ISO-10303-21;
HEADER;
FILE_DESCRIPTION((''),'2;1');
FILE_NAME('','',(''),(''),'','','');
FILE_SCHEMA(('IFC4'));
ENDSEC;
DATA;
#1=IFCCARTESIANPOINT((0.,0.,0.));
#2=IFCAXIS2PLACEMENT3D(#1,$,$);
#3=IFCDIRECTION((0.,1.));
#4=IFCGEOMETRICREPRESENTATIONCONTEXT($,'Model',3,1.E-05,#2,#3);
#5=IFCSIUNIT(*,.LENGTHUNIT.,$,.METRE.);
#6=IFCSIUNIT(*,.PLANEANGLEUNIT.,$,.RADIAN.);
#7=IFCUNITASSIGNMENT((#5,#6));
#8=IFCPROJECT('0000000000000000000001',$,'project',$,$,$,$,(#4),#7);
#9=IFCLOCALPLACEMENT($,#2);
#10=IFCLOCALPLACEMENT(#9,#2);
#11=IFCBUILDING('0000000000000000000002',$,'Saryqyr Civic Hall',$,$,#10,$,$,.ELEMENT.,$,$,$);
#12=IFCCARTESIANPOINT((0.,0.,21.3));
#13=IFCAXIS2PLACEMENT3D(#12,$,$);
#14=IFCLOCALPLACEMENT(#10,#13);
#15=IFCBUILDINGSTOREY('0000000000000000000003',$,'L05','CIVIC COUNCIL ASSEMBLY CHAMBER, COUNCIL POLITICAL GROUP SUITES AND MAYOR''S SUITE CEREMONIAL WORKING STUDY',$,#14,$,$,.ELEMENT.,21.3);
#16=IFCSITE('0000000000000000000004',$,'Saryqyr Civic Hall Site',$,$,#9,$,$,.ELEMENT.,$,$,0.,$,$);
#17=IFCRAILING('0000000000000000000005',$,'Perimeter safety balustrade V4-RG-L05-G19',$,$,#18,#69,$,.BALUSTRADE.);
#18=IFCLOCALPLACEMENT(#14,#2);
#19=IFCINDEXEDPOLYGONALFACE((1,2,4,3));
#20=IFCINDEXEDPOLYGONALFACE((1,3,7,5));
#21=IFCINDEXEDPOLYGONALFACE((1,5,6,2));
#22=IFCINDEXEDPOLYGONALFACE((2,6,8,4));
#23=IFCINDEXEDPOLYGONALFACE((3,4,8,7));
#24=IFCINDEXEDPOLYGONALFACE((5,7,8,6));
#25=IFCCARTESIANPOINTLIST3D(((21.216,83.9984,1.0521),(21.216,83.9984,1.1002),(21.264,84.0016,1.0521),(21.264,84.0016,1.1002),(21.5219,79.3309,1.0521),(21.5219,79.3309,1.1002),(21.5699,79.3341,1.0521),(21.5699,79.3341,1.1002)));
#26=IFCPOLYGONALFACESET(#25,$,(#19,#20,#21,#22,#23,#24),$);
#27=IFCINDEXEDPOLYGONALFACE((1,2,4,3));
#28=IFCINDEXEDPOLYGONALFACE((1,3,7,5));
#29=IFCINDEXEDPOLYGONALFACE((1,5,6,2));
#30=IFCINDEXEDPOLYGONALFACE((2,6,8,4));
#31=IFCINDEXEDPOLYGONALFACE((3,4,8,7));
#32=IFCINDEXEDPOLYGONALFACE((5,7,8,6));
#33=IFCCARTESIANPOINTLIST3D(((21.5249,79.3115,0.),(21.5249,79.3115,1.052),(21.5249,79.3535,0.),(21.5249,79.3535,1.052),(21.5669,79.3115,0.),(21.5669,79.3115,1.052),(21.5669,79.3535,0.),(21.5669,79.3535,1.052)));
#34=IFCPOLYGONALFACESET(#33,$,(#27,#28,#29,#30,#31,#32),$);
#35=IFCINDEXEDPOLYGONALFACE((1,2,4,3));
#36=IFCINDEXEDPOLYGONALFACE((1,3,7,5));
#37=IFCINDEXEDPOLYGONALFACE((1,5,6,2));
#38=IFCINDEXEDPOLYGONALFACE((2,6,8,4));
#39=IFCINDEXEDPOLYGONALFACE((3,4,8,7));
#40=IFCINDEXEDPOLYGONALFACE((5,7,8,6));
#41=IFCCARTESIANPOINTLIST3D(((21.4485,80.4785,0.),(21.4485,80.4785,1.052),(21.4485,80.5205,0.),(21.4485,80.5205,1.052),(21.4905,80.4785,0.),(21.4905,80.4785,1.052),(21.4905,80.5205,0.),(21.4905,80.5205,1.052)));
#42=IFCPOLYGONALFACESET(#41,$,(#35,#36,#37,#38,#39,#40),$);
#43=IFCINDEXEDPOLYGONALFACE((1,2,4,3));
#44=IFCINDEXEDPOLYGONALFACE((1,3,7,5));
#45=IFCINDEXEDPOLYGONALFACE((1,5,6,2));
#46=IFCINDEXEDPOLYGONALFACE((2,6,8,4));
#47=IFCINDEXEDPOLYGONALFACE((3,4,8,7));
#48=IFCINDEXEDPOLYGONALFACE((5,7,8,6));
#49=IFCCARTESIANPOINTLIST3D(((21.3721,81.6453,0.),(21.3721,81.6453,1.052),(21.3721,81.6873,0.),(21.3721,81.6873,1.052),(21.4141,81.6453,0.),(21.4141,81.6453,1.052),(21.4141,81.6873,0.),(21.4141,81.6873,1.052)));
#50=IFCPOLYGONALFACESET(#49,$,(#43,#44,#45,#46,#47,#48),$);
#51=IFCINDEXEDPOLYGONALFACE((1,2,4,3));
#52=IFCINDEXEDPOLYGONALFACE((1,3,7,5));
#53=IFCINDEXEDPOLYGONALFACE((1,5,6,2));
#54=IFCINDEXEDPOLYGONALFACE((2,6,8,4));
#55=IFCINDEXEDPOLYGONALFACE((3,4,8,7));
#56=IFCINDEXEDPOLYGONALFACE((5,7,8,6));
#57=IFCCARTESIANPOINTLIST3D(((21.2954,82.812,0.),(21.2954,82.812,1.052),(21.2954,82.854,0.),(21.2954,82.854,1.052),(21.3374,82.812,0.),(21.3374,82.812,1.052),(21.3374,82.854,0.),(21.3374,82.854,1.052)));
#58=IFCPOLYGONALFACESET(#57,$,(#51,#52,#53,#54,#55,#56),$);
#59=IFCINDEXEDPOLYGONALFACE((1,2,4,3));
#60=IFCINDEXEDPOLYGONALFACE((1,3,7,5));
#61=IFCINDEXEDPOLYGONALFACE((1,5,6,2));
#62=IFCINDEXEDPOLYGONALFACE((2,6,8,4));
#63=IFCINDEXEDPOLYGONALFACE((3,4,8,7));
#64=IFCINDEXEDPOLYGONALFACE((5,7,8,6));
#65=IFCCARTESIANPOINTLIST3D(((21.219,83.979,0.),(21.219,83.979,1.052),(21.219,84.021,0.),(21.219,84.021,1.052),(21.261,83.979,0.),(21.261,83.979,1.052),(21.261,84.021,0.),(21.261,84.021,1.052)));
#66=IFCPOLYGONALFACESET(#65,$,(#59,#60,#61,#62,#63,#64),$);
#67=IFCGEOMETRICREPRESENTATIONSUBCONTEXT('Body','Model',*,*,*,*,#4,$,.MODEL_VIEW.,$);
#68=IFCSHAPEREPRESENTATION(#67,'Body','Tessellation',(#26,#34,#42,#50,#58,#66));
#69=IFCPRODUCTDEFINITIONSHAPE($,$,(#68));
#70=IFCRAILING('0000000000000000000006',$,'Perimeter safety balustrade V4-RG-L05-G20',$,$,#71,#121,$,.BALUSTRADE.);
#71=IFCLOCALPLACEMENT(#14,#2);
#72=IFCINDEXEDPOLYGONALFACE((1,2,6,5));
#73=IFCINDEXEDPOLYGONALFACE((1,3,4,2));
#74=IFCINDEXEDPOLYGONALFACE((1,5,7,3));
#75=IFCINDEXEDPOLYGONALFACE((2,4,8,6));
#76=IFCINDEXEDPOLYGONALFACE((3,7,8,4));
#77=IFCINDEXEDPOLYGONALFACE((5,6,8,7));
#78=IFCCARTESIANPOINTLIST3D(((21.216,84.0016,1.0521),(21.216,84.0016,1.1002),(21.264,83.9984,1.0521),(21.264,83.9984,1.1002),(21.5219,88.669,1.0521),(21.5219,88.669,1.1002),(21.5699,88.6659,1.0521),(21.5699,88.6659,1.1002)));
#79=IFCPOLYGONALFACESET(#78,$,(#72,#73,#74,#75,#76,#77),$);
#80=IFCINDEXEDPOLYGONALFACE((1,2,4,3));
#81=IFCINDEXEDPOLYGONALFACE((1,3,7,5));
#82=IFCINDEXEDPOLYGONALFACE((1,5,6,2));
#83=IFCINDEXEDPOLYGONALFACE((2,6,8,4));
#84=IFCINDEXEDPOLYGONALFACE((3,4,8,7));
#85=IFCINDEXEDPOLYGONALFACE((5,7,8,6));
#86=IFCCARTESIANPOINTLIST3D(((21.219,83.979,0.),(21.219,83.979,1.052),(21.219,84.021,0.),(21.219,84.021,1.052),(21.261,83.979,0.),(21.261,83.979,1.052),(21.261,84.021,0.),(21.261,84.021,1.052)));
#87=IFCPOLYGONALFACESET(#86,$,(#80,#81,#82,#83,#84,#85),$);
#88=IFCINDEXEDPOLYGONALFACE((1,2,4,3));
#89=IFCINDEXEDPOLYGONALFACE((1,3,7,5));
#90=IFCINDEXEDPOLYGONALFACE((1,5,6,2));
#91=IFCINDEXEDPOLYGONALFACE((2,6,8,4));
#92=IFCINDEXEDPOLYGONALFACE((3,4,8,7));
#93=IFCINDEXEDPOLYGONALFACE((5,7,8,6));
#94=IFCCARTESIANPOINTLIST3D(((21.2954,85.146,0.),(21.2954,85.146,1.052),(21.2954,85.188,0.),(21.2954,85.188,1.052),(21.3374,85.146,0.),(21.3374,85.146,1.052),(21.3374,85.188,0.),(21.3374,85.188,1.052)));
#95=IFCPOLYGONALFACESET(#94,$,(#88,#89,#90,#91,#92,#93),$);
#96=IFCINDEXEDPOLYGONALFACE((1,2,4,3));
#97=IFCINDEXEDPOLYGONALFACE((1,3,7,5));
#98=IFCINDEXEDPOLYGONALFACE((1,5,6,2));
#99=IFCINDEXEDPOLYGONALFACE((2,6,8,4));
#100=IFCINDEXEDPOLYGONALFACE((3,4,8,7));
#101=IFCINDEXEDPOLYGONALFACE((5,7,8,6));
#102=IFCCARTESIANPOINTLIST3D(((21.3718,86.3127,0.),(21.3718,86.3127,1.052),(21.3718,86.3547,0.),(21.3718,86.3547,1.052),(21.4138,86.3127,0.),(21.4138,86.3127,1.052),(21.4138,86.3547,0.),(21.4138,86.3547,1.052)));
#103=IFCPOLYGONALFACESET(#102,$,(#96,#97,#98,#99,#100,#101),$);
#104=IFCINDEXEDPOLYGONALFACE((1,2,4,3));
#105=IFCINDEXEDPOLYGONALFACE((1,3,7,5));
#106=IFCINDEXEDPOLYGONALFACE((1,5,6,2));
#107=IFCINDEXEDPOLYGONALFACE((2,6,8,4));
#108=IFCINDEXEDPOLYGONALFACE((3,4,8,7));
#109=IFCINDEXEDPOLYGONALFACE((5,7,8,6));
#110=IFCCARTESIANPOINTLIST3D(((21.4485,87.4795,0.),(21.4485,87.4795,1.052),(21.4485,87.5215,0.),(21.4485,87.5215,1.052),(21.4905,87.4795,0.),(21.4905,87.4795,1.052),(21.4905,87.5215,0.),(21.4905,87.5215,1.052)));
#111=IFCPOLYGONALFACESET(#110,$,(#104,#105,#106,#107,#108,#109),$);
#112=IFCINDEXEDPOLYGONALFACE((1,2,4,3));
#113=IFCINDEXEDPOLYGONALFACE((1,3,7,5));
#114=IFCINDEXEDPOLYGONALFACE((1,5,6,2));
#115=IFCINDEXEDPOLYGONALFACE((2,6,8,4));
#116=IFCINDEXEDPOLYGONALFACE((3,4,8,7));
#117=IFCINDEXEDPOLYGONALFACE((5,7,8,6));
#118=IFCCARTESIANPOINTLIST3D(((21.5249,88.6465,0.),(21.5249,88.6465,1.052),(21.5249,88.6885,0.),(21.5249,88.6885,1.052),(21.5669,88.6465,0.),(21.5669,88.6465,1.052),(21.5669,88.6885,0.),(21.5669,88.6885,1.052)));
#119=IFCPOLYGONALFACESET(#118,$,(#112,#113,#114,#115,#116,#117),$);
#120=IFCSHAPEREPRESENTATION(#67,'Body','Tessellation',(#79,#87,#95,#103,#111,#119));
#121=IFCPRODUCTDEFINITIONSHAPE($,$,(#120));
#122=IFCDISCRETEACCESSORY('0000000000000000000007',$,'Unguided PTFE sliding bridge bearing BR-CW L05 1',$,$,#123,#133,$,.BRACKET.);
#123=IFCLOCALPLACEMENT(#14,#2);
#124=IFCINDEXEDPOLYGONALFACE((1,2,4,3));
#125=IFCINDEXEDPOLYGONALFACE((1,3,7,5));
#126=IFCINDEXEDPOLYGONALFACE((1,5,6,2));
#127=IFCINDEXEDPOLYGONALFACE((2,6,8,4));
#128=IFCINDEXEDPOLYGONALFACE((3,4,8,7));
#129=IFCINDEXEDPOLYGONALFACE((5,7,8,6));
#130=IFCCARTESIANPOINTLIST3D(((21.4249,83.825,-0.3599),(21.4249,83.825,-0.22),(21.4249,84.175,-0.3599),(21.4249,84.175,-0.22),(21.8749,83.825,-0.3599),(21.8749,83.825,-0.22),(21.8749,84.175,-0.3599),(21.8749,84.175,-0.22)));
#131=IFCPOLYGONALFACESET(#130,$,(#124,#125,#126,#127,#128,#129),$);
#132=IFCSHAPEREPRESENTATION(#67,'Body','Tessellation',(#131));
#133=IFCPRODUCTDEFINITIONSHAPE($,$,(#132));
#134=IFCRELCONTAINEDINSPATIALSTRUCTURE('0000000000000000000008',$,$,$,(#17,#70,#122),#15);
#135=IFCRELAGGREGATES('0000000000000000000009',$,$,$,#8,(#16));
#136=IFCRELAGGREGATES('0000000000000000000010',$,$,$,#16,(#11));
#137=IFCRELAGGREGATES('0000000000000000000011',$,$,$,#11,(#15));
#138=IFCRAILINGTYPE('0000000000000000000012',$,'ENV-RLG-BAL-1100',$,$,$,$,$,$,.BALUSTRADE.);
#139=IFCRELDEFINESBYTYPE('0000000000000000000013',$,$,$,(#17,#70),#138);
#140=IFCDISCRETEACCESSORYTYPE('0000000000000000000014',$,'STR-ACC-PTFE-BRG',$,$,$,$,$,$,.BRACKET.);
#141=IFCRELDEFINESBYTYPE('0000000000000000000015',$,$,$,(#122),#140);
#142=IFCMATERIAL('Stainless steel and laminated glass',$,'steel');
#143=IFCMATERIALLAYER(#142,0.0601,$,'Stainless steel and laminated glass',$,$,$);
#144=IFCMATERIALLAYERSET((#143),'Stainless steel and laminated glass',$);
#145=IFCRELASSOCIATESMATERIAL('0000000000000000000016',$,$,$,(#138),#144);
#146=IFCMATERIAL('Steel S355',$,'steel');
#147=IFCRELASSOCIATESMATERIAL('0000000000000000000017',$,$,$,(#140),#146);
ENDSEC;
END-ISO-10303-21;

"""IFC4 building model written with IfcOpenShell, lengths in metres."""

from ifc_helpers import new_model, si_unit, direction, frame, origin, origin_2d, place, context, subcontext, project, spatial, rectangle, extrude, material, layer, layer_set, type_object, element, save


model = new_model("IFC4")

# Units and contexts
model_context = context("Model", 3, precision=1e-05, world=origin(), true_north=direction((0.0, 1.0)))
body_context = subcontext(model_context, "Body", "Model", "MODEL_VIEW")
ifc_project = project(units=[si_unit("LENGTHUNIT", "METRE"), si_unit("PLANEANGLEUNIT", "RADIAN")], contexts=[model_context])

# Site, building, storey
site_placement = place(None, origin())
site = spatial("IfcSite", under=ifc_project, at=site_placement, Name="Saryqyr Civic Hall Site", CompositionType="ELEMENT", RefElevation=0.0)
building_placement = place(site_placement, origin())
building = spatial("IfcBuilding", under=site, at=building_placement, Name="Saryqyr Civic Hall", CompositionType="ELEMENT")
storey_placement = place(building_placement, frame((0.0, 0.0, 21.3)))
storey = spatial("IfcBuildingStorey", under=building, at=storey_placement, Name="L05", Description="CIVIC COUNCIL ASSEMBLY CHAMBER, COUNCIL POLITICAL GROUP SUITES AND MAYOR'S SUITE CEREMONIAL WORKING STUDY", CompositionType="ELEMENT", Elevation=21.3)

# Shared definitions
ifc_material_1 = material(Name="Steel S355", Category="steel")

# Railings
ifc_material_2 = material(Name="Stainless steel and laminated glass", Category="steel")
ifc_layer_1 = layer(ifc_material_2, 0.0601, Name="Stainless steel and laminated glass")
ifc_layer_set_1 = layer_set([ifc_layer_1], Name="Stainless steel and laminated glass")
railing_type = type_object("IfcRailingType", Name="ENV-RLG-BAL-1100", PredefinedType="BALUSTRADE", material=ifc_layer_set_1)
railing_1_placement = place(storey_placement, frame((21.5459, 79.3325, 0.0)))
element("IfcRailing", 1, at=railing_1_placement, inside=storey, type_object=railing_type, Name="Perimeter safety balustrade V4-RG-L05-G19", PredefinedType="BALUSTRADE", context=body_context, shape_type="SweptSolid", body=[
    extrude(rectangle(XDim=0.0481, YDim=0.0481, at=origin_2d()), frame((0.0, 0.0, 1.0762), z_axis=(-0.0654, 0.997859, 0.0), x_axis=(-0.997859, -0.0654, 0.0)), (0.0, 0.0, 1.0), 4.6775),
    extrude(rectangle(XDim=0.042, YDim=0.042, at=origin_2d()), origin(), (0.0, 0.0, 1.0), 1.052),
    extrude(rectangle(XDim=0.042, YDim=0.042, at=origin_2d()), frame((-0.0764, 1.167, 0.0)), (0.0, 0.0, 1.0), 1.052),
    extrude(rectangle(XDim=0.042, YDim=0.042, at=origin_2d()), frame((-0.1528, 2.3337, 0.0)), (0.0, 0.0, 1.0), 1.052),
    extrude(rectangle(XDim=0.042, YDim=0.042, at=origin_2d()), frame((-0.2295, 3.5005, 0.0)), (0.0, 0.0, 1.0), 1.052),
    extrude(rectangle(XDim=0.042, YDim=0.042, at=origin_2d()), frame((-0.3059, 4.6675, 0.0)), (0.0, 0.0, 1.0), 1.052),
])
railing_2_placement = place(storey_placement, frame((21.24, 84.0, 0.0)))
element("IfcRailing", 2, at=railing_2_placement, inside=storey, type_object=railing_type, Name="Perimeter safety balustrade V4-RG-L05-G20", PredefinedType="BALUSTRADE", context=body_context, shape_type="SweptSolid", body=[
    extrude(rectangle(XDim=0.0481, YDim=0.0481, at=origin_2d()), frame((0.0, 0.0, 1.0762), z_axis=(0.0654, 0.997859, 0.0), x_axis=(-0.997859, 0.0654, 0.0)), (0.0, 0.0, 1.0), 4.6775),
    extrude(rectangle(XDim=0.042, YDim=0.042, at=origin_2d()), origin(), (0.0, 0.0, 1.0), 1.052),
    extrude(rectangle(XDim=0.042, YDim=0.042, at=origin_2d()), frame((0.0764, 1.167, 0.0)), (0.0, 0.0, 1.0), 1.052),
    extrude(rectangle(XDim=0.042, YDim=0.042, at=origin_2d()), frame((0.1528, 2.3337, 0.0)), (0.0, 0.0, 1.0), 1.052),
    extrude(rectangle(XDim=0.042, YDim=0.042, at=origin_2d()), frame((0.2295, 3.5005, 0.0)), (0.0, 0.0, 1.0), 1.052),
    extrude(rectangle(XDim=0.042, YDim=0.042, at=origin_2d()), frame((0.3059, 4.6675, 0.0)), (0.0, 0.0, 1.0), 1.052),
])

# Discrete accessory
discrete_accessory_type = type_object("IfcDiscreteAccessoryType", Name="STR-ACC-PTFE-BRG", PredefinedType="BRACKET", material=ifc_material_1)
discrete_accessory_placement = place(storey_placement, frame((21.6499, 84.0, -0.3599), z_axis=(0.0, 0.0, 1.0), x_axis=(1.0, 0.0, 0.0)))
element("IfcDiscreteAccessory", 3, at=discrete_accessory_placement, inside=storey, type_object=discrete_accessory_type, Name="Unguided PTFE sliding bridge bearing BR-CW L05 1", PredefinedType="BRACKET", context=body_context, shape_type="SweptSolid", body=[
    extrude(rectangle(XDim=0.45, YDim=0.3501, at=origin_2d()), origin(), (0.0, 0.0, 1.0), 0.1399),
])

save(model, "model.ifc")
